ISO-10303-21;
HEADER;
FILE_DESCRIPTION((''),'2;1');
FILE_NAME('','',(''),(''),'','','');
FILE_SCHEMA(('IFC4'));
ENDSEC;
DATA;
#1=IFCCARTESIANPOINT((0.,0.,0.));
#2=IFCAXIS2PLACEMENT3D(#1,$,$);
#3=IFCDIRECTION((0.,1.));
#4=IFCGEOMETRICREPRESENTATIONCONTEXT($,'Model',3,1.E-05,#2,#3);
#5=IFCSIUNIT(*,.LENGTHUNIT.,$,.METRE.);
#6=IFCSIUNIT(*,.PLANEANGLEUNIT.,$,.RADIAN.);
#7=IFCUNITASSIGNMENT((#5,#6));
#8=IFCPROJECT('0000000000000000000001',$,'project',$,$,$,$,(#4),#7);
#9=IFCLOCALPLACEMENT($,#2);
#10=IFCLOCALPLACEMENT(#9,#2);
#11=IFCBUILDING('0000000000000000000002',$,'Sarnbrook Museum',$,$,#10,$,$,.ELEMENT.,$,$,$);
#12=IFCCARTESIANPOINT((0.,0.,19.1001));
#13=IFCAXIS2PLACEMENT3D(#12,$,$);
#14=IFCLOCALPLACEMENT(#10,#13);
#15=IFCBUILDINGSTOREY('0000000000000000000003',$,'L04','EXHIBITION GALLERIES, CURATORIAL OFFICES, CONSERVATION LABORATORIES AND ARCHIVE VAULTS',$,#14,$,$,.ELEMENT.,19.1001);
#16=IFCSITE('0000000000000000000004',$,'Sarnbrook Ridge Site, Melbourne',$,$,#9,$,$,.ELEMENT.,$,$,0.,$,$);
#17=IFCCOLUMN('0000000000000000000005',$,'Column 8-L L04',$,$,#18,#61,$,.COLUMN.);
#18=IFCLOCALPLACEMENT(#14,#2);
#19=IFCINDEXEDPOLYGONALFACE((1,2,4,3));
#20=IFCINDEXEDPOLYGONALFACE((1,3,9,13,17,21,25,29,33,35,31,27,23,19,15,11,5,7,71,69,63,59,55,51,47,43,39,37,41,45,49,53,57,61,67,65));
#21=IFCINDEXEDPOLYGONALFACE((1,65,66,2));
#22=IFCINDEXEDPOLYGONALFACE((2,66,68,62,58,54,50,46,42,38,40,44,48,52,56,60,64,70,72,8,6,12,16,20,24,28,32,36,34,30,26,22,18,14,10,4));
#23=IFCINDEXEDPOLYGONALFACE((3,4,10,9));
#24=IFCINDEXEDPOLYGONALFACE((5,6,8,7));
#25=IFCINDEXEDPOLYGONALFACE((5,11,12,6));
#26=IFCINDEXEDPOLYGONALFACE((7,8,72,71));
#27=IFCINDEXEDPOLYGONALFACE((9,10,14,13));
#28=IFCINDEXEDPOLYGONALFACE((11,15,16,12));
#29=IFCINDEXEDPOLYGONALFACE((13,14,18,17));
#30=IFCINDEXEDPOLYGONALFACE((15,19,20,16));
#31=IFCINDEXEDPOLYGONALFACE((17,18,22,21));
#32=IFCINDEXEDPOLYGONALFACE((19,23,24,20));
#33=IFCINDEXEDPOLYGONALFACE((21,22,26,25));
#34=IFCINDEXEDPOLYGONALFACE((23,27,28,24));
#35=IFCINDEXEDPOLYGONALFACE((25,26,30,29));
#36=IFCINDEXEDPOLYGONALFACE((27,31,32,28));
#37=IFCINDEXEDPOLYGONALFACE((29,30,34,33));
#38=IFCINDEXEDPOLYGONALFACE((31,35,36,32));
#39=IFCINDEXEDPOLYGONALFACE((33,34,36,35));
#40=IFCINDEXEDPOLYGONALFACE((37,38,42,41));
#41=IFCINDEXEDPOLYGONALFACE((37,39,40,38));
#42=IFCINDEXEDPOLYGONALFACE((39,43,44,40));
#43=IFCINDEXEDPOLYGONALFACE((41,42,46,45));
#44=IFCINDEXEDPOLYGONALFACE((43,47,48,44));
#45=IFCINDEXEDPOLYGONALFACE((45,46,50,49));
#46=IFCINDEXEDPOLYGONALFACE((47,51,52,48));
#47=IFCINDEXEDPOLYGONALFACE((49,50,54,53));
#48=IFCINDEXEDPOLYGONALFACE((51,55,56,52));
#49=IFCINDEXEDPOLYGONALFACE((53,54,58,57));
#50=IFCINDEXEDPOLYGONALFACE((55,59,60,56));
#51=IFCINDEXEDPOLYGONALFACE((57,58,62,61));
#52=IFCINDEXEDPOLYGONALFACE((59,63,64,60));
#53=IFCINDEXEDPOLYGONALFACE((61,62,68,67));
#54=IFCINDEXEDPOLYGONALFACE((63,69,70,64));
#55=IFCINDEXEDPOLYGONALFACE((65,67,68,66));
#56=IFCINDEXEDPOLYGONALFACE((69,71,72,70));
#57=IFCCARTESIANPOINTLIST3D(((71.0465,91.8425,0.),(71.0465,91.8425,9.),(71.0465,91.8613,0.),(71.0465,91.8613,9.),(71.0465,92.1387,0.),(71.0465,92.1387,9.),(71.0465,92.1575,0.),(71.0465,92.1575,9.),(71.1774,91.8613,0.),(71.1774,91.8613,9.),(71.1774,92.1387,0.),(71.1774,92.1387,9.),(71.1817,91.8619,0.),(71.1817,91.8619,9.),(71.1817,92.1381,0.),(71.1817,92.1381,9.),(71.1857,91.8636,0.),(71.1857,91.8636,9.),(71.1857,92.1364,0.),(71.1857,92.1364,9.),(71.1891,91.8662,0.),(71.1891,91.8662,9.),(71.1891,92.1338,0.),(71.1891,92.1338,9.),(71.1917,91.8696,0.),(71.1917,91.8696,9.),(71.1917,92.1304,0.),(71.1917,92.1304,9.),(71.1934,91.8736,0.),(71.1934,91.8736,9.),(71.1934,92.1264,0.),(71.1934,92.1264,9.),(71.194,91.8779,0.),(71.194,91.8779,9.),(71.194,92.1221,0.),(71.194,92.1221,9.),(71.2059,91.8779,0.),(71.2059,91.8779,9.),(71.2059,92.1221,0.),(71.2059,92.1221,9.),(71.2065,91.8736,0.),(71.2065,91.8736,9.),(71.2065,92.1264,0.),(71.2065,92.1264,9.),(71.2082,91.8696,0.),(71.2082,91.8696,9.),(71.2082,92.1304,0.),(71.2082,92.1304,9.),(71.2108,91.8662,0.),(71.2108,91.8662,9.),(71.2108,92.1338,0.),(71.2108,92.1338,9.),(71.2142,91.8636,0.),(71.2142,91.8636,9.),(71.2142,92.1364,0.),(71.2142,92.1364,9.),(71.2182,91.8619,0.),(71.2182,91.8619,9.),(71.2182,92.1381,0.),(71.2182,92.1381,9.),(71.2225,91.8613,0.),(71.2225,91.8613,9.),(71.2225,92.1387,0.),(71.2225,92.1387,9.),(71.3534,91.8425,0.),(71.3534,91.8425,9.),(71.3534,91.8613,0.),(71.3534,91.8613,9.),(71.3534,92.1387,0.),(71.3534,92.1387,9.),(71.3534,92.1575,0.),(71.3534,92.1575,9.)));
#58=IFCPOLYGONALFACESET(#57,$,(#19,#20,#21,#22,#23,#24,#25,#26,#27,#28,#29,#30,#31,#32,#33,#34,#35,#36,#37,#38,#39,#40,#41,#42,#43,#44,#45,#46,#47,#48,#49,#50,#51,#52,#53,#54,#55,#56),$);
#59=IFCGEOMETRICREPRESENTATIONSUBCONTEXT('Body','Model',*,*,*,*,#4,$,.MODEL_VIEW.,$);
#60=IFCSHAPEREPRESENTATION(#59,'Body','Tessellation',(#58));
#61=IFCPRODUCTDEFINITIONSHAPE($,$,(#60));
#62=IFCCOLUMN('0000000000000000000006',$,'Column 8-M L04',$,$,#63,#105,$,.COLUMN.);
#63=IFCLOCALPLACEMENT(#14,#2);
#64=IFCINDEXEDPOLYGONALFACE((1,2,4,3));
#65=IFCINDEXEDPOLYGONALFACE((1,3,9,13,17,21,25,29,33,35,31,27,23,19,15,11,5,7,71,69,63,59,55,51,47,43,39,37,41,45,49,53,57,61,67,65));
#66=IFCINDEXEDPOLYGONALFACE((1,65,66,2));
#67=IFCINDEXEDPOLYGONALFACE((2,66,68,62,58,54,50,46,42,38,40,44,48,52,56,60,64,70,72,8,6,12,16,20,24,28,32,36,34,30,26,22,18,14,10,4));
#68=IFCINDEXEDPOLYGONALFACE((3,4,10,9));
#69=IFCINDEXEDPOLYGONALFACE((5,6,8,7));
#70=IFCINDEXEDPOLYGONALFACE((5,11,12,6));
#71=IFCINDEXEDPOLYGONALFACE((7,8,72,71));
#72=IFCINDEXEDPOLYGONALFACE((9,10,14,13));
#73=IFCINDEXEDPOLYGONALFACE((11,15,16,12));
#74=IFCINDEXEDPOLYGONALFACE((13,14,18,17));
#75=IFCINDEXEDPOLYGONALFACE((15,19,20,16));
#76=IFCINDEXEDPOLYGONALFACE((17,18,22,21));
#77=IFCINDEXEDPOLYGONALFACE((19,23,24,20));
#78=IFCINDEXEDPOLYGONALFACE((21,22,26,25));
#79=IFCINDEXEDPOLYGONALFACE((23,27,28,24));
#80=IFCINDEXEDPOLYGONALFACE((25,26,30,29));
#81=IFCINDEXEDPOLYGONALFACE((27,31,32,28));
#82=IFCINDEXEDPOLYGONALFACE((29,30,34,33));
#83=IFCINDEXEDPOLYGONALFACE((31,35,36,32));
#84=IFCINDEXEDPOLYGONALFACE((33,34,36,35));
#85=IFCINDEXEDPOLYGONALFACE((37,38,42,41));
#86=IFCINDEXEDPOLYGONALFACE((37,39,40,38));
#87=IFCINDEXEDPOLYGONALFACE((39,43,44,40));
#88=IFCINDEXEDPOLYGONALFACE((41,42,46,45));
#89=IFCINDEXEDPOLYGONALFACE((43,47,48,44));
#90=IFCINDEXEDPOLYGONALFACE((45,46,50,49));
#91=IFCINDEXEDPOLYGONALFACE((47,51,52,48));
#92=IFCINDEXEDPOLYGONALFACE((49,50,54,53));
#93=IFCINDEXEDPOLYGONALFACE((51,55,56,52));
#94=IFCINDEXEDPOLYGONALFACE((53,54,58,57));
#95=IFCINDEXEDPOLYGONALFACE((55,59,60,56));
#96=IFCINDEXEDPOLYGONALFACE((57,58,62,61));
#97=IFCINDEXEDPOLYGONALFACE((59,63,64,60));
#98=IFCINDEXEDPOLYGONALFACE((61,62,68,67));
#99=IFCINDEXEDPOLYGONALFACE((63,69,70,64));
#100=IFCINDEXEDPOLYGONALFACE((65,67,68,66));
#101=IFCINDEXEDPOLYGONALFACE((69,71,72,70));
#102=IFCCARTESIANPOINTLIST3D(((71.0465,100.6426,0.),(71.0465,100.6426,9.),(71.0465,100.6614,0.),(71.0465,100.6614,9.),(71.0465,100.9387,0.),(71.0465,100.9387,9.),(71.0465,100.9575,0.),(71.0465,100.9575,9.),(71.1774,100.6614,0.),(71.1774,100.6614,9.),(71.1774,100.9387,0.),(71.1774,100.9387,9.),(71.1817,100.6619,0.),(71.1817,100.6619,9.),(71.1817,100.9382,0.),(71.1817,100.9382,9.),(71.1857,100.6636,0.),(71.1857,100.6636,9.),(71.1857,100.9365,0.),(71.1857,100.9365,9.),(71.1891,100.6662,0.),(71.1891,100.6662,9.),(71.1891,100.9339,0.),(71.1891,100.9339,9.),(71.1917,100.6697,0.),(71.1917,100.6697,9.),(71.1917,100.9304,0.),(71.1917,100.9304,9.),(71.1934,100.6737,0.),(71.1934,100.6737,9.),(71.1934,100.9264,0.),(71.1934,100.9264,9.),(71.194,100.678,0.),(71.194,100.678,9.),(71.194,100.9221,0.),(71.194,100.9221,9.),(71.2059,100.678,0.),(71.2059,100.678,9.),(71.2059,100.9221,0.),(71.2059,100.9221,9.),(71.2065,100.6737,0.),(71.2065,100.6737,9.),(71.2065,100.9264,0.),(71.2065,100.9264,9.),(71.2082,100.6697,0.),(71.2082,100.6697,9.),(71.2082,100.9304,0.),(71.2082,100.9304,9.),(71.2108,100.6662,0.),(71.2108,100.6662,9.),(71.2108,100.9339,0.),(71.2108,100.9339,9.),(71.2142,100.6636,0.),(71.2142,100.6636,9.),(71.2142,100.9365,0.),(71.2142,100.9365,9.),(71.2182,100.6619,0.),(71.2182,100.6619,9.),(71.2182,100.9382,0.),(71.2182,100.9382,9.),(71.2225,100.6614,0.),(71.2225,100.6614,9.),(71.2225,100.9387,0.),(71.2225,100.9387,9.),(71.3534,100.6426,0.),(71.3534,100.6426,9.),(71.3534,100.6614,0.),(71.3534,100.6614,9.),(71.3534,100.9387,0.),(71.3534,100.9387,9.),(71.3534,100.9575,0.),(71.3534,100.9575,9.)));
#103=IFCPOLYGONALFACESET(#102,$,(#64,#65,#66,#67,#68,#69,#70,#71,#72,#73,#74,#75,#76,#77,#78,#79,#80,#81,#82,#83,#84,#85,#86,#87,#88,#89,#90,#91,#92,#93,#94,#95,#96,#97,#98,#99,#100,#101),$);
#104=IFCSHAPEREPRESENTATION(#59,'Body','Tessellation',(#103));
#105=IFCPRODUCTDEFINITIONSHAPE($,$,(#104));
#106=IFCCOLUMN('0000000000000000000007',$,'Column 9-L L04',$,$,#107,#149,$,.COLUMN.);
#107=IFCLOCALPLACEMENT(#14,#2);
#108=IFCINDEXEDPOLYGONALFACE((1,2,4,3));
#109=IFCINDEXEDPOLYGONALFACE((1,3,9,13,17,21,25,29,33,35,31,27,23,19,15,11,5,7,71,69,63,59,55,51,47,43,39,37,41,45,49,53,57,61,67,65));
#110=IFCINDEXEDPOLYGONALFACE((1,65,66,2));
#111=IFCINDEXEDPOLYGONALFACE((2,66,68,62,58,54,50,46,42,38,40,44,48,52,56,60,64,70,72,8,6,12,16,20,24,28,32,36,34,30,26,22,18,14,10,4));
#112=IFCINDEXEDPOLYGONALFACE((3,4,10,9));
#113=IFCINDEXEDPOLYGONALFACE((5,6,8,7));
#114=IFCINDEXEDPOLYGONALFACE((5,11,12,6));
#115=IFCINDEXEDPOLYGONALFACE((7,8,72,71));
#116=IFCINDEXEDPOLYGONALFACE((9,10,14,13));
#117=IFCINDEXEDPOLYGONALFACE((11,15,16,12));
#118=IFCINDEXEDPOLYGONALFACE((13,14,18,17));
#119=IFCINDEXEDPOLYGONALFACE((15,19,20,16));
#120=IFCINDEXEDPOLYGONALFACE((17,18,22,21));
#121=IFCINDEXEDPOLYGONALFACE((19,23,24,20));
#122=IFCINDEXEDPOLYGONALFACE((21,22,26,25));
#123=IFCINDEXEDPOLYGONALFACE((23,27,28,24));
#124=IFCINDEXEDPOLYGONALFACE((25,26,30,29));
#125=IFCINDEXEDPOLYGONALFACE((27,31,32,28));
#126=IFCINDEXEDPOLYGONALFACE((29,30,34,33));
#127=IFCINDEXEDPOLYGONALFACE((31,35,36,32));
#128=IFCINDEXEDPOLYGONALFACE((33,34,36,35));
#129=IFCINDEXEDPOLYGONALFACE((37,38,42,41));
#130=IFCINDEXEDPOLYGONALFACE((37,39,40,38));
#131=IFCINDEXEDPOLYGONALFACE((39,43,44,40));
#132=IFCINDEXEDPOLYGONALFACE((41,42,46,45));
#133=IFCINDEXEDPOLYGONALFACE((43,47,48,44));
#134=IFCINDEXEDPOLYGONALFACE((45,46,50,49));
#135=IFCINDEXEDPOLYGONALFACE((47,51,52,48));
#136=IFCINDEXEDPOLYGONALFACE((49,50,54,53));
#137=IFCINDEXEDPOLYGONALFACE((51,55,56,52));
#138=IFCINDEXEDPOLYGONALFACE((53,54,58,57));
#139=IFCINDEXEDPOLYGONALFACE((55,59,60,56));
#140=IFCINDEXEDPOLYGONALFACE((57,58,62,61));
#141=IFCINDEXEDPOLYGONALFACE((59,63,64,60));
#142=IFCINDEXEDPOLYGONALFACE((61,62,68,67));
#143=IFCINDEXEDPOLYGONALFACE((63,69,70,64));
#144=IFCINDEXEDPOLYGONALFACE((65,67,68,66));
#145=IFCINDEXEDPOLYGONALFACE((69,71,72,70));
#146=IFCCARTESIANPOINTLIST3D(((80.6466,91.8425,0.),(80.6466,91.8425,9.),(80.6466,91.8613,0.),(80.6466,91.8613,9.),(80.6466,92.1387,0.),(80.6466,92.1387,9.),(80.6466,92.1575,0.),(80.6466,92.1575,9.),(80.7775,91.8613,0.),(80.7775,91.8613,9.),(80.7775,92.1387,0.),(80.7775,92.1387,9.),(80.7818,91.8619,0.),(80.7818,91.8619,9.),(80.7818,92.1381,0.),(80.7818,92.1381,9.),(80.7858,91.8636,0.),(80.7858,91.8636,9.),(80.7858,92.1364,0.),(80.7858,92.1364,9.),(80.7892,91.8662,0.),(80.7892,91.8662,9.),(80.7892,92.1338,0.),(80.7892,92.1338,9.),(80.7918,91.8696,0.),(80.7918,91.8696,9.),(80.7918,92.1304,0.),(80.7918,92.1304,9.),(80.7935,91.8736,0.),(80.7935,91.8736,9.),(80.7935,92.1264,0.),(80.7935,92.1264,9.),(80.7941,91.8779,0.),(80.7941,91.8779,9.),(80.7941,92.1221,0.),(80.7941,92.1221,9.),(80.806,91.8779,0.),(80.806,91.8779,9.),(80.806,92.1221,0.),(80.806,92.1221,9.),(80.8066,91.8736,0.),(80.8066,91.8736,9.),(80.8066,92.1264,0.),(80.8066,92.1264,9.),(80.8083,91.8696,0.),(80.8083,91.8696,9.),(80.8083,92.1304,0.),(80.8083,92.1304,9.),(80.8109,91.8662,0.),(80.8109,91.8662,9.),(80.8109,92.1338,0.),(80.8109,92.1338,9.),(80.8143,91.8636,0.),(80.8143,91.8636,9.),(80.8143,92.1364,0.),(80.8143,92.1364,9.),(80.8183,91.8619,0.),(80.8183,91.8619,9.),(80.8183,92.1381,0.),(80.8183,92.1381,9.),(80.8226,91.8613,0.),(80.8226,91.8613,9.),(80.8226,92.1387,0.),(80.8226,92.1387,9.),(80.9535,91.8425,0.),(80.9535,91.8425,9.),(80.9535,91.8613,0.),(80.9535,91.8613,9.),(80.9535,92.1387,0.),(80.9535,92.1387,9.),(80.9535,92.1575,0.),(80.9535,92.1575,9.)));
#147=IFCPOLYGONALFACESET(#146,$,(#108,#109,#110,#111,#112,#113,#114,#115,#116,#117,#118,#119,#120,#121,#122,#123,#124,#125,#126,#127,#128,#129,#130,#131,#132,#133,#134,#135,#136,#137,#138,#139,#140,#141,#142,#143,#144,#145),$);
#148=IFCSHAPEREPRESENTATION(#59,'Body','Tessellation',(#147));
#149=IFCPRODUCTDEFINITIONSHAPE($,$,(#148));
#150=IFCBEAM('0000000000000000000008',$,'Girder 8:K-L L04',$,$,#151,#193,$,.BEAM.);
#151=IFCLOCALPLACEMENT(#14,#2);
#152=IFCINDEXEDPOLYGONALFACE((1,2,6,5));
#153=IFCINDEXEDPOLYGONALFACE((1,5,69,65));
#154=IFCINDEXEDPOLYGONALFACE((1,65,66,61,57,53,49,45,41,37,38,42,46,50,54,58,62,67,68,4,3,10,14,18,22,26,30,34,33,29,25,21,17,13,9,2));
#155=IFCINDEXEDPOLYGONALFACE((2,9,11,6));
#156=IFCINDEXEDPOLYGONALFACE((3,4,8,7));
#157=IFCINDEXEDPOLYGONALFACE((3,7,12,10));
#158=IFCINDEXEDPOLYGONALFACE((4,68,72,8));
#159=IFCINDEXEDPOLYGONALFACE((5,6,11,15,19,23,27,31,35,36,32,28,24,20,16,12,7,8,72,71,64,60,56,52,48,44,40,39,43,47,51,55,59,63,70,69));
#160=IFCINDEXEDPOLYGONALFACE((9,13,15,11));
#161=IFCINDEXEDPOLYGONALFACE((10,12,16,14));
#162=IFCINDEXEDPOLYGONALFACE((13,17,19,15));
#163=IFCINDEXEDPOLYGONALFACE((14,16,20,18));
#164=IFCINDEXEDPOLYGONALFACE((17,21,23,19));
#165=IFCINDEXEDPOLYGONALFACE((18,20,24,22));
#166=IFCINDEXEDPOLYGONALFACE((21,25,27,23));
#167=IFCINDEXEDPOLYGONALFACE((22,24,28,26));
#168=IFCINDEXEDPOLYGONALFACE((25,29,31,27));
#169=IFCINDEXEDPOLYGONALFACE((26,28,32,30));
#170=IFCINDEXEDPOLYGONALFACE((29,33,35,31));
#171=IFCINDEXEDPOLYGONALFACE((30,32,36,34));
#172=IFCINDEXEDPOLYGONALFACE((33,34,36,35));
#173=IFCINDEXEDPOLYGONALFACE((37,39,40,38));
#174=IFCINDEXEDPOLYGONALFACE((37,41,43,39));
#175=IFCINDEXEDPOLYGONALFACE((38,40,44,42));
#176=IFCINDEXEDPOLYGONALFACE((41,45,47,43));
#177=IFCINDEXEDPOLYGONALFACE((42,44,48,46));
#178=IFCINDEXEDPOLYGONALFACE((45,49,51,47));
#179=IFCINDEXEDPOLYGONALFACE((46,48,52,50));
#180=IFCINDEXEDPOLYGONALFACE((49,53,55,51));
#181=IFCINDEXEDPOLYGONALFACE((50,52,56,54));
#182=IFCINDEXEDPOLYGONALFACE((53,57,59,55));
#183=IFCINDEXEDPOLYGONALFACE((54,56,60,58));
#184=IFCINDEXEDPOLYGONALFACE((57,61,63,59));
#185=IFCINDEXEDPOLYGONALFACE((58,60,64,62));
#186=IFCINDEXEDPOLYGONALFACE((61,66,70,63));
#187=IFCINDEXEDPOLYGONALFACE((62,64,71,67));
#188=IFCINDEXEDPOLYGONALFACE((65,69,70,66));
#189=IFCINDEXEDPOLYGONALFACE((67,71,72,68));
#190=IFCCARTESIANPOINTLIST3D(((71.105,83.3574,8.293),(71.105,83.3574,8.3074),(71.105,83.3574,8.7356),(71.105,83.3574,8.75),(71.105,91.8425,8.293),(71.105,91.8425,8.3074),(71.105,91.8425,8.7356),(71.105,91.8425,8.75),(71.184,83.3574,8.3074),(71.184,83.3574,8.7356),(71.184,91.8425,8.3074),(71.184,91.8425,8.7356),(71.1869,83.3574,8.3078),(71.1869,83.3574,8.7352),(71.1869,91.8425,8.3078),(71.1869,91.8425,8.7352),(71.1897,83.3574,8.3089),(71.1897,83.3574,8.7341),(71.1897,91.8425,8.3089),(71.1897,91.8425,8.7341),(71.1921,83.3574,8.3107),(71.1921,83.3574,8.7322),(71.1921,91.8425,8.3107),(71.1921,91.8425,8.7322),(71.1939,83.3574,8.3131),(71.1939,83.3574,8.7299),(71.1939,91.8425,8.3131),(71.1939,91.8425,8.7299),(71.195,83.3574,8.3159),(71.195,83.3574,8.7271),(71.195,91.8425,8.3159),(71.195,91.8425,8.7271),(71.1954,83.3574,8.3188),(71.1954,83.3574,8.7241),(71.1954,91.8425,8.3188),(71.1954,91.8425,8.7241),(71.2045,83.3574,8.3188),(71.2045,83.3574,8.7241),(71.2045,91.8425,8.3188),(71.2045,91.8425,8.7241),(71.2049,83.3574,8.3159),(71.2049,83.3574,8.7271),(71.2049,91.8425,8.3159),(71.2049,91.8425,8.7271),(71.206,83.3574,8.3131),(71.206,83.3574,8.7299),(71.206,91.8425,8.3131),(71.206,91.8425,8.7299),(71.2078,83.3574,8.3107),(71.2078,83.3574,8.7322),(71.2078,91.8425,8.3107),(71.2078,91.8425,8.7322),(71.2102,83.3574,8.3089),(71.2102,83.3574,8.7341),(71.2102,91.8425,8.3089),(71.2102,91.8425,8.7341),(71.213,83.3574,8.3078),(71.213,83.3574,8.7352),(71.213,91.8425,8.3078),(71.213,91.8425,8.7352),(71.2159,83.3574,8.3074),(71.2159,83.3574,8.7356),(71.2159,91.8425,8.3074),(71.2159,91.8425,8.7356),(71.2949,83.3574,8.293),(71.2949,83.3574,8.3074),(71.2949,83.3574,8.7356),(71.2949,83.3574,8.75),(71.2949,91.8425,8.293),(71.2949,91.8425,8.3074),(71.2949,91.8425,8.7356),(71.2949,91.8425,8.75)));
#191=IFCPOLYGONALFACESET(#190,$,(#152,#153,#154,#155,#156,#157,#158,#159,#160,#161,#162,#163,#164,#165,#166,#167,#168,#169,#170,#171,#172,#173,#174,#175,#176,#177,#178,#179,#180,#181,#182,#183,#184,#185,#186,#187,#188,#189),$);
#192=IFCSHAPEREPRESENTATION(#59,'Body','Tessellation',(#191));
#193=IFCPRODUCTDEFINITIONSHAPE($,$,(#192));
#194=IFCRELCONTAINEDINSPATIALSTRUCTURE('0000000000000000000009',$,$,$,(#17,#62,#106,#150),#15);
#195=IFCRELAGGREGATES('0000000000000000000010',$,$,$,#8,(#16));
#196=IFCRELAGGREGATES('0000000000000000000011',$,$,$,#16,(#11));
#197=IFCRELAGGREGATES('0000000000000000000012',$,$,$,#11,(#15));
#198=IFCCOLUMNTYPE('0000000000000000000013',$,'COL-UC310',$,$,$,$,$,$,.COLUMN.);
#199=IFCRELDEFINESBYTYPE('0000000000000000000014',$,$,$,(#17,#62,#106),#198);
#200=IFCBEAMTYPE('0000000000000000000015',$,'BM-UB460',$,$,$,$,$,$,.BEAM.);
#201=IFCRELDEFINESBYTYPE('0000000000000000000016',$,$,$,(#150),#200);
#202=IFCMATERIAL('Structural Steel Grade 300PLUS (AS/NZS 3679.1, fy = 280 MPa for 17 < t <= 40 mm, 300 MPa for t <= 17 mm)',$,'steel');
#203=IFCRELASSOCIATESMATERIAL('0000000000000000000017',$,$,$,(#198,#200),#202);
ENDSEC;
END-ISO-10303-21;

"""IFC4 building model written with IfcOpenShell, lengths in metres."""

from ifc_helpers import new_model, si_unit, direction, frame, origin, origin_2d, place, context, subcontext, project, spatial, i_section, extrude, material, material_profile, profile_set, type_object, element, save


model = new_model("IFC4")

# Units and contexts
model_context = context("Model", 3, precision=1e-05, world=origin(), true_north=direction((0.0, 1.0)))
body_context = subcontext(model_context, "Body", "Model", "MODEL_VIEW")
ifc_project = project(units=[si_unit("LENGTHUNIT", "METRE"), si_unit("PLANEANGLEUNIT", "RADIAN")], contexts=[model_context])

# Site, building, storey
site_placement = place(None, origin())
site = spatial("IfcSite", under=ifc_project, at=site_placement, Name="Sarnbrook Ridge Site, Melbourne", CompositionType="ELEMENT", RefElevation=0.0)
building_placement = place(site_placement, origin())
building = spatial("IfcBuilding", under=site, at=building_placement, Name="Sarnbrook Museum", CompositionType="ELEMENT")
storey_placement = place(building_placement, frame((0.0, 0.0, 19.1001)))
storey = spatial("IfcBuildingStorey", under=building, at=storey_placement, Name="L04", Description="EXHIBITION GALLERIES, CURATORIAL OFFICES, CONSERVATION LABORATORIES AND ARCHIVE VAULTS", CompositionType="ELEMENT", Elevation=19.1001)

# Columns
ifc_material_1 = material(Name="Structural Steel Grade 300PLUS (AS/NZS 3679.1, fy = 280 MPa for 17 < t <= 40 mm, 300 MPa for t <= 17 mm)", Category="steel")
ifc_material_profile_1 = material_profile(ifc_material_1, i_section(OverallWidth=0.3069, OverallDepth=0.3149, WebThickness=0.012, FlangeThickness=0.0188, FilletRadius=0.0166, at=origin_2d()), Name="310UC118")
ifc_profile_set_1 = profile_set([ifc_material_profile_1], Name="Structural Steel Grade 300PLUS (AS/NZS 3679.1, fy = 280 MPa for 17 < t <= 40 mm, 300 MPa for t <= 17 mm)")
column_type = type_object("IfcColumnType", Name="COL-UC310", PredefinedType="COLUMN", material=ifc_profile_set_1)
for number, where, z_axis, x_axis, name in (
    (1, (71.2, 92.0, 0.0), (0.0, 0.0, 1.0), (1.0, 0.0, 0.0), "Column 8-L L04"),
    (2, (71.2, 100.8, 0.0), (0.0, 0.0, 1.0), (1.0, 0.0, 0.0), "Column 8-M L04"),
    (3, (80.8, 92.0, 0.0), (0.0, 0.0, 1.0), (1.0, 0.0, 0.0), "Column 9-L L04"),
):
    element("IfcColumn", number, at=place(storey_placement, frame(where, z_axis=z_axis, x_axis=x_axis)), inside=storey, type_object=column_type, Name=name, PredefinedType="COLUMN", context=body_context, shape_type="SweptSolid", body=[
        extrude(i_section(OverallWidth=0.3069, OverallDepth=0.3149, WebThickness=0.012, FlangeThickness=0.0188, FilletRadius=0.0166, at=origin_2d()), origin(), (0.0, 0.0, 1.0), 9.0),
    ])

# Beam
ifc_material_profile_2 = material_profile(ifc_material_1, i_section(OverallWidth=0.1899, OverallDepth=0.457, WebThickness=0.009, FlangeThickness=0.0144, FilletRadius=0.0115, at=origin_2d()), Name="460UB74.6")
ifc_profile_set_2 = profile_set([ifc_material_profile_2], Name="Structural Steel Grade 300PLUS (AS/NZS 3679.1, fy = 280 MPa for 17 < t <= 40 mm, 300 MPa for t <= 17 mm)")
beam_type_1 = type_object("IfcBeamType", Name="BM-UB460", PredefinedType="BEAM", material=ifc_profile_set_2)
for number, where, z_axis, x_axis, name in (
    (4, (71.2, 83.3574, 8.5215), (0.0, 1.0, 0.0), (-1.0, 0.0, 0.0), "Girder 8:K-L L04"),
):
    element("IfcBeam", number, at=place(storey_placement, frame(where, z_axis=z_axis, x_axis=x_axis)), inside=storey, type_object=beam_type_1, Name=name, PredefinedType="BEAM", context=body_context, shape_type="SweptSolid", body=[
        extrude(i_section(OverallWidth=0.1899, OverallDepth=0.457, WebThickness=0.009, FlangeThickness=0.0144, FilletRadius=0.0115, at=origin_2d()), origin(), (0.0, 0.0, 1.0), 8.4851),
    ])

save(model, "model.ifc")
